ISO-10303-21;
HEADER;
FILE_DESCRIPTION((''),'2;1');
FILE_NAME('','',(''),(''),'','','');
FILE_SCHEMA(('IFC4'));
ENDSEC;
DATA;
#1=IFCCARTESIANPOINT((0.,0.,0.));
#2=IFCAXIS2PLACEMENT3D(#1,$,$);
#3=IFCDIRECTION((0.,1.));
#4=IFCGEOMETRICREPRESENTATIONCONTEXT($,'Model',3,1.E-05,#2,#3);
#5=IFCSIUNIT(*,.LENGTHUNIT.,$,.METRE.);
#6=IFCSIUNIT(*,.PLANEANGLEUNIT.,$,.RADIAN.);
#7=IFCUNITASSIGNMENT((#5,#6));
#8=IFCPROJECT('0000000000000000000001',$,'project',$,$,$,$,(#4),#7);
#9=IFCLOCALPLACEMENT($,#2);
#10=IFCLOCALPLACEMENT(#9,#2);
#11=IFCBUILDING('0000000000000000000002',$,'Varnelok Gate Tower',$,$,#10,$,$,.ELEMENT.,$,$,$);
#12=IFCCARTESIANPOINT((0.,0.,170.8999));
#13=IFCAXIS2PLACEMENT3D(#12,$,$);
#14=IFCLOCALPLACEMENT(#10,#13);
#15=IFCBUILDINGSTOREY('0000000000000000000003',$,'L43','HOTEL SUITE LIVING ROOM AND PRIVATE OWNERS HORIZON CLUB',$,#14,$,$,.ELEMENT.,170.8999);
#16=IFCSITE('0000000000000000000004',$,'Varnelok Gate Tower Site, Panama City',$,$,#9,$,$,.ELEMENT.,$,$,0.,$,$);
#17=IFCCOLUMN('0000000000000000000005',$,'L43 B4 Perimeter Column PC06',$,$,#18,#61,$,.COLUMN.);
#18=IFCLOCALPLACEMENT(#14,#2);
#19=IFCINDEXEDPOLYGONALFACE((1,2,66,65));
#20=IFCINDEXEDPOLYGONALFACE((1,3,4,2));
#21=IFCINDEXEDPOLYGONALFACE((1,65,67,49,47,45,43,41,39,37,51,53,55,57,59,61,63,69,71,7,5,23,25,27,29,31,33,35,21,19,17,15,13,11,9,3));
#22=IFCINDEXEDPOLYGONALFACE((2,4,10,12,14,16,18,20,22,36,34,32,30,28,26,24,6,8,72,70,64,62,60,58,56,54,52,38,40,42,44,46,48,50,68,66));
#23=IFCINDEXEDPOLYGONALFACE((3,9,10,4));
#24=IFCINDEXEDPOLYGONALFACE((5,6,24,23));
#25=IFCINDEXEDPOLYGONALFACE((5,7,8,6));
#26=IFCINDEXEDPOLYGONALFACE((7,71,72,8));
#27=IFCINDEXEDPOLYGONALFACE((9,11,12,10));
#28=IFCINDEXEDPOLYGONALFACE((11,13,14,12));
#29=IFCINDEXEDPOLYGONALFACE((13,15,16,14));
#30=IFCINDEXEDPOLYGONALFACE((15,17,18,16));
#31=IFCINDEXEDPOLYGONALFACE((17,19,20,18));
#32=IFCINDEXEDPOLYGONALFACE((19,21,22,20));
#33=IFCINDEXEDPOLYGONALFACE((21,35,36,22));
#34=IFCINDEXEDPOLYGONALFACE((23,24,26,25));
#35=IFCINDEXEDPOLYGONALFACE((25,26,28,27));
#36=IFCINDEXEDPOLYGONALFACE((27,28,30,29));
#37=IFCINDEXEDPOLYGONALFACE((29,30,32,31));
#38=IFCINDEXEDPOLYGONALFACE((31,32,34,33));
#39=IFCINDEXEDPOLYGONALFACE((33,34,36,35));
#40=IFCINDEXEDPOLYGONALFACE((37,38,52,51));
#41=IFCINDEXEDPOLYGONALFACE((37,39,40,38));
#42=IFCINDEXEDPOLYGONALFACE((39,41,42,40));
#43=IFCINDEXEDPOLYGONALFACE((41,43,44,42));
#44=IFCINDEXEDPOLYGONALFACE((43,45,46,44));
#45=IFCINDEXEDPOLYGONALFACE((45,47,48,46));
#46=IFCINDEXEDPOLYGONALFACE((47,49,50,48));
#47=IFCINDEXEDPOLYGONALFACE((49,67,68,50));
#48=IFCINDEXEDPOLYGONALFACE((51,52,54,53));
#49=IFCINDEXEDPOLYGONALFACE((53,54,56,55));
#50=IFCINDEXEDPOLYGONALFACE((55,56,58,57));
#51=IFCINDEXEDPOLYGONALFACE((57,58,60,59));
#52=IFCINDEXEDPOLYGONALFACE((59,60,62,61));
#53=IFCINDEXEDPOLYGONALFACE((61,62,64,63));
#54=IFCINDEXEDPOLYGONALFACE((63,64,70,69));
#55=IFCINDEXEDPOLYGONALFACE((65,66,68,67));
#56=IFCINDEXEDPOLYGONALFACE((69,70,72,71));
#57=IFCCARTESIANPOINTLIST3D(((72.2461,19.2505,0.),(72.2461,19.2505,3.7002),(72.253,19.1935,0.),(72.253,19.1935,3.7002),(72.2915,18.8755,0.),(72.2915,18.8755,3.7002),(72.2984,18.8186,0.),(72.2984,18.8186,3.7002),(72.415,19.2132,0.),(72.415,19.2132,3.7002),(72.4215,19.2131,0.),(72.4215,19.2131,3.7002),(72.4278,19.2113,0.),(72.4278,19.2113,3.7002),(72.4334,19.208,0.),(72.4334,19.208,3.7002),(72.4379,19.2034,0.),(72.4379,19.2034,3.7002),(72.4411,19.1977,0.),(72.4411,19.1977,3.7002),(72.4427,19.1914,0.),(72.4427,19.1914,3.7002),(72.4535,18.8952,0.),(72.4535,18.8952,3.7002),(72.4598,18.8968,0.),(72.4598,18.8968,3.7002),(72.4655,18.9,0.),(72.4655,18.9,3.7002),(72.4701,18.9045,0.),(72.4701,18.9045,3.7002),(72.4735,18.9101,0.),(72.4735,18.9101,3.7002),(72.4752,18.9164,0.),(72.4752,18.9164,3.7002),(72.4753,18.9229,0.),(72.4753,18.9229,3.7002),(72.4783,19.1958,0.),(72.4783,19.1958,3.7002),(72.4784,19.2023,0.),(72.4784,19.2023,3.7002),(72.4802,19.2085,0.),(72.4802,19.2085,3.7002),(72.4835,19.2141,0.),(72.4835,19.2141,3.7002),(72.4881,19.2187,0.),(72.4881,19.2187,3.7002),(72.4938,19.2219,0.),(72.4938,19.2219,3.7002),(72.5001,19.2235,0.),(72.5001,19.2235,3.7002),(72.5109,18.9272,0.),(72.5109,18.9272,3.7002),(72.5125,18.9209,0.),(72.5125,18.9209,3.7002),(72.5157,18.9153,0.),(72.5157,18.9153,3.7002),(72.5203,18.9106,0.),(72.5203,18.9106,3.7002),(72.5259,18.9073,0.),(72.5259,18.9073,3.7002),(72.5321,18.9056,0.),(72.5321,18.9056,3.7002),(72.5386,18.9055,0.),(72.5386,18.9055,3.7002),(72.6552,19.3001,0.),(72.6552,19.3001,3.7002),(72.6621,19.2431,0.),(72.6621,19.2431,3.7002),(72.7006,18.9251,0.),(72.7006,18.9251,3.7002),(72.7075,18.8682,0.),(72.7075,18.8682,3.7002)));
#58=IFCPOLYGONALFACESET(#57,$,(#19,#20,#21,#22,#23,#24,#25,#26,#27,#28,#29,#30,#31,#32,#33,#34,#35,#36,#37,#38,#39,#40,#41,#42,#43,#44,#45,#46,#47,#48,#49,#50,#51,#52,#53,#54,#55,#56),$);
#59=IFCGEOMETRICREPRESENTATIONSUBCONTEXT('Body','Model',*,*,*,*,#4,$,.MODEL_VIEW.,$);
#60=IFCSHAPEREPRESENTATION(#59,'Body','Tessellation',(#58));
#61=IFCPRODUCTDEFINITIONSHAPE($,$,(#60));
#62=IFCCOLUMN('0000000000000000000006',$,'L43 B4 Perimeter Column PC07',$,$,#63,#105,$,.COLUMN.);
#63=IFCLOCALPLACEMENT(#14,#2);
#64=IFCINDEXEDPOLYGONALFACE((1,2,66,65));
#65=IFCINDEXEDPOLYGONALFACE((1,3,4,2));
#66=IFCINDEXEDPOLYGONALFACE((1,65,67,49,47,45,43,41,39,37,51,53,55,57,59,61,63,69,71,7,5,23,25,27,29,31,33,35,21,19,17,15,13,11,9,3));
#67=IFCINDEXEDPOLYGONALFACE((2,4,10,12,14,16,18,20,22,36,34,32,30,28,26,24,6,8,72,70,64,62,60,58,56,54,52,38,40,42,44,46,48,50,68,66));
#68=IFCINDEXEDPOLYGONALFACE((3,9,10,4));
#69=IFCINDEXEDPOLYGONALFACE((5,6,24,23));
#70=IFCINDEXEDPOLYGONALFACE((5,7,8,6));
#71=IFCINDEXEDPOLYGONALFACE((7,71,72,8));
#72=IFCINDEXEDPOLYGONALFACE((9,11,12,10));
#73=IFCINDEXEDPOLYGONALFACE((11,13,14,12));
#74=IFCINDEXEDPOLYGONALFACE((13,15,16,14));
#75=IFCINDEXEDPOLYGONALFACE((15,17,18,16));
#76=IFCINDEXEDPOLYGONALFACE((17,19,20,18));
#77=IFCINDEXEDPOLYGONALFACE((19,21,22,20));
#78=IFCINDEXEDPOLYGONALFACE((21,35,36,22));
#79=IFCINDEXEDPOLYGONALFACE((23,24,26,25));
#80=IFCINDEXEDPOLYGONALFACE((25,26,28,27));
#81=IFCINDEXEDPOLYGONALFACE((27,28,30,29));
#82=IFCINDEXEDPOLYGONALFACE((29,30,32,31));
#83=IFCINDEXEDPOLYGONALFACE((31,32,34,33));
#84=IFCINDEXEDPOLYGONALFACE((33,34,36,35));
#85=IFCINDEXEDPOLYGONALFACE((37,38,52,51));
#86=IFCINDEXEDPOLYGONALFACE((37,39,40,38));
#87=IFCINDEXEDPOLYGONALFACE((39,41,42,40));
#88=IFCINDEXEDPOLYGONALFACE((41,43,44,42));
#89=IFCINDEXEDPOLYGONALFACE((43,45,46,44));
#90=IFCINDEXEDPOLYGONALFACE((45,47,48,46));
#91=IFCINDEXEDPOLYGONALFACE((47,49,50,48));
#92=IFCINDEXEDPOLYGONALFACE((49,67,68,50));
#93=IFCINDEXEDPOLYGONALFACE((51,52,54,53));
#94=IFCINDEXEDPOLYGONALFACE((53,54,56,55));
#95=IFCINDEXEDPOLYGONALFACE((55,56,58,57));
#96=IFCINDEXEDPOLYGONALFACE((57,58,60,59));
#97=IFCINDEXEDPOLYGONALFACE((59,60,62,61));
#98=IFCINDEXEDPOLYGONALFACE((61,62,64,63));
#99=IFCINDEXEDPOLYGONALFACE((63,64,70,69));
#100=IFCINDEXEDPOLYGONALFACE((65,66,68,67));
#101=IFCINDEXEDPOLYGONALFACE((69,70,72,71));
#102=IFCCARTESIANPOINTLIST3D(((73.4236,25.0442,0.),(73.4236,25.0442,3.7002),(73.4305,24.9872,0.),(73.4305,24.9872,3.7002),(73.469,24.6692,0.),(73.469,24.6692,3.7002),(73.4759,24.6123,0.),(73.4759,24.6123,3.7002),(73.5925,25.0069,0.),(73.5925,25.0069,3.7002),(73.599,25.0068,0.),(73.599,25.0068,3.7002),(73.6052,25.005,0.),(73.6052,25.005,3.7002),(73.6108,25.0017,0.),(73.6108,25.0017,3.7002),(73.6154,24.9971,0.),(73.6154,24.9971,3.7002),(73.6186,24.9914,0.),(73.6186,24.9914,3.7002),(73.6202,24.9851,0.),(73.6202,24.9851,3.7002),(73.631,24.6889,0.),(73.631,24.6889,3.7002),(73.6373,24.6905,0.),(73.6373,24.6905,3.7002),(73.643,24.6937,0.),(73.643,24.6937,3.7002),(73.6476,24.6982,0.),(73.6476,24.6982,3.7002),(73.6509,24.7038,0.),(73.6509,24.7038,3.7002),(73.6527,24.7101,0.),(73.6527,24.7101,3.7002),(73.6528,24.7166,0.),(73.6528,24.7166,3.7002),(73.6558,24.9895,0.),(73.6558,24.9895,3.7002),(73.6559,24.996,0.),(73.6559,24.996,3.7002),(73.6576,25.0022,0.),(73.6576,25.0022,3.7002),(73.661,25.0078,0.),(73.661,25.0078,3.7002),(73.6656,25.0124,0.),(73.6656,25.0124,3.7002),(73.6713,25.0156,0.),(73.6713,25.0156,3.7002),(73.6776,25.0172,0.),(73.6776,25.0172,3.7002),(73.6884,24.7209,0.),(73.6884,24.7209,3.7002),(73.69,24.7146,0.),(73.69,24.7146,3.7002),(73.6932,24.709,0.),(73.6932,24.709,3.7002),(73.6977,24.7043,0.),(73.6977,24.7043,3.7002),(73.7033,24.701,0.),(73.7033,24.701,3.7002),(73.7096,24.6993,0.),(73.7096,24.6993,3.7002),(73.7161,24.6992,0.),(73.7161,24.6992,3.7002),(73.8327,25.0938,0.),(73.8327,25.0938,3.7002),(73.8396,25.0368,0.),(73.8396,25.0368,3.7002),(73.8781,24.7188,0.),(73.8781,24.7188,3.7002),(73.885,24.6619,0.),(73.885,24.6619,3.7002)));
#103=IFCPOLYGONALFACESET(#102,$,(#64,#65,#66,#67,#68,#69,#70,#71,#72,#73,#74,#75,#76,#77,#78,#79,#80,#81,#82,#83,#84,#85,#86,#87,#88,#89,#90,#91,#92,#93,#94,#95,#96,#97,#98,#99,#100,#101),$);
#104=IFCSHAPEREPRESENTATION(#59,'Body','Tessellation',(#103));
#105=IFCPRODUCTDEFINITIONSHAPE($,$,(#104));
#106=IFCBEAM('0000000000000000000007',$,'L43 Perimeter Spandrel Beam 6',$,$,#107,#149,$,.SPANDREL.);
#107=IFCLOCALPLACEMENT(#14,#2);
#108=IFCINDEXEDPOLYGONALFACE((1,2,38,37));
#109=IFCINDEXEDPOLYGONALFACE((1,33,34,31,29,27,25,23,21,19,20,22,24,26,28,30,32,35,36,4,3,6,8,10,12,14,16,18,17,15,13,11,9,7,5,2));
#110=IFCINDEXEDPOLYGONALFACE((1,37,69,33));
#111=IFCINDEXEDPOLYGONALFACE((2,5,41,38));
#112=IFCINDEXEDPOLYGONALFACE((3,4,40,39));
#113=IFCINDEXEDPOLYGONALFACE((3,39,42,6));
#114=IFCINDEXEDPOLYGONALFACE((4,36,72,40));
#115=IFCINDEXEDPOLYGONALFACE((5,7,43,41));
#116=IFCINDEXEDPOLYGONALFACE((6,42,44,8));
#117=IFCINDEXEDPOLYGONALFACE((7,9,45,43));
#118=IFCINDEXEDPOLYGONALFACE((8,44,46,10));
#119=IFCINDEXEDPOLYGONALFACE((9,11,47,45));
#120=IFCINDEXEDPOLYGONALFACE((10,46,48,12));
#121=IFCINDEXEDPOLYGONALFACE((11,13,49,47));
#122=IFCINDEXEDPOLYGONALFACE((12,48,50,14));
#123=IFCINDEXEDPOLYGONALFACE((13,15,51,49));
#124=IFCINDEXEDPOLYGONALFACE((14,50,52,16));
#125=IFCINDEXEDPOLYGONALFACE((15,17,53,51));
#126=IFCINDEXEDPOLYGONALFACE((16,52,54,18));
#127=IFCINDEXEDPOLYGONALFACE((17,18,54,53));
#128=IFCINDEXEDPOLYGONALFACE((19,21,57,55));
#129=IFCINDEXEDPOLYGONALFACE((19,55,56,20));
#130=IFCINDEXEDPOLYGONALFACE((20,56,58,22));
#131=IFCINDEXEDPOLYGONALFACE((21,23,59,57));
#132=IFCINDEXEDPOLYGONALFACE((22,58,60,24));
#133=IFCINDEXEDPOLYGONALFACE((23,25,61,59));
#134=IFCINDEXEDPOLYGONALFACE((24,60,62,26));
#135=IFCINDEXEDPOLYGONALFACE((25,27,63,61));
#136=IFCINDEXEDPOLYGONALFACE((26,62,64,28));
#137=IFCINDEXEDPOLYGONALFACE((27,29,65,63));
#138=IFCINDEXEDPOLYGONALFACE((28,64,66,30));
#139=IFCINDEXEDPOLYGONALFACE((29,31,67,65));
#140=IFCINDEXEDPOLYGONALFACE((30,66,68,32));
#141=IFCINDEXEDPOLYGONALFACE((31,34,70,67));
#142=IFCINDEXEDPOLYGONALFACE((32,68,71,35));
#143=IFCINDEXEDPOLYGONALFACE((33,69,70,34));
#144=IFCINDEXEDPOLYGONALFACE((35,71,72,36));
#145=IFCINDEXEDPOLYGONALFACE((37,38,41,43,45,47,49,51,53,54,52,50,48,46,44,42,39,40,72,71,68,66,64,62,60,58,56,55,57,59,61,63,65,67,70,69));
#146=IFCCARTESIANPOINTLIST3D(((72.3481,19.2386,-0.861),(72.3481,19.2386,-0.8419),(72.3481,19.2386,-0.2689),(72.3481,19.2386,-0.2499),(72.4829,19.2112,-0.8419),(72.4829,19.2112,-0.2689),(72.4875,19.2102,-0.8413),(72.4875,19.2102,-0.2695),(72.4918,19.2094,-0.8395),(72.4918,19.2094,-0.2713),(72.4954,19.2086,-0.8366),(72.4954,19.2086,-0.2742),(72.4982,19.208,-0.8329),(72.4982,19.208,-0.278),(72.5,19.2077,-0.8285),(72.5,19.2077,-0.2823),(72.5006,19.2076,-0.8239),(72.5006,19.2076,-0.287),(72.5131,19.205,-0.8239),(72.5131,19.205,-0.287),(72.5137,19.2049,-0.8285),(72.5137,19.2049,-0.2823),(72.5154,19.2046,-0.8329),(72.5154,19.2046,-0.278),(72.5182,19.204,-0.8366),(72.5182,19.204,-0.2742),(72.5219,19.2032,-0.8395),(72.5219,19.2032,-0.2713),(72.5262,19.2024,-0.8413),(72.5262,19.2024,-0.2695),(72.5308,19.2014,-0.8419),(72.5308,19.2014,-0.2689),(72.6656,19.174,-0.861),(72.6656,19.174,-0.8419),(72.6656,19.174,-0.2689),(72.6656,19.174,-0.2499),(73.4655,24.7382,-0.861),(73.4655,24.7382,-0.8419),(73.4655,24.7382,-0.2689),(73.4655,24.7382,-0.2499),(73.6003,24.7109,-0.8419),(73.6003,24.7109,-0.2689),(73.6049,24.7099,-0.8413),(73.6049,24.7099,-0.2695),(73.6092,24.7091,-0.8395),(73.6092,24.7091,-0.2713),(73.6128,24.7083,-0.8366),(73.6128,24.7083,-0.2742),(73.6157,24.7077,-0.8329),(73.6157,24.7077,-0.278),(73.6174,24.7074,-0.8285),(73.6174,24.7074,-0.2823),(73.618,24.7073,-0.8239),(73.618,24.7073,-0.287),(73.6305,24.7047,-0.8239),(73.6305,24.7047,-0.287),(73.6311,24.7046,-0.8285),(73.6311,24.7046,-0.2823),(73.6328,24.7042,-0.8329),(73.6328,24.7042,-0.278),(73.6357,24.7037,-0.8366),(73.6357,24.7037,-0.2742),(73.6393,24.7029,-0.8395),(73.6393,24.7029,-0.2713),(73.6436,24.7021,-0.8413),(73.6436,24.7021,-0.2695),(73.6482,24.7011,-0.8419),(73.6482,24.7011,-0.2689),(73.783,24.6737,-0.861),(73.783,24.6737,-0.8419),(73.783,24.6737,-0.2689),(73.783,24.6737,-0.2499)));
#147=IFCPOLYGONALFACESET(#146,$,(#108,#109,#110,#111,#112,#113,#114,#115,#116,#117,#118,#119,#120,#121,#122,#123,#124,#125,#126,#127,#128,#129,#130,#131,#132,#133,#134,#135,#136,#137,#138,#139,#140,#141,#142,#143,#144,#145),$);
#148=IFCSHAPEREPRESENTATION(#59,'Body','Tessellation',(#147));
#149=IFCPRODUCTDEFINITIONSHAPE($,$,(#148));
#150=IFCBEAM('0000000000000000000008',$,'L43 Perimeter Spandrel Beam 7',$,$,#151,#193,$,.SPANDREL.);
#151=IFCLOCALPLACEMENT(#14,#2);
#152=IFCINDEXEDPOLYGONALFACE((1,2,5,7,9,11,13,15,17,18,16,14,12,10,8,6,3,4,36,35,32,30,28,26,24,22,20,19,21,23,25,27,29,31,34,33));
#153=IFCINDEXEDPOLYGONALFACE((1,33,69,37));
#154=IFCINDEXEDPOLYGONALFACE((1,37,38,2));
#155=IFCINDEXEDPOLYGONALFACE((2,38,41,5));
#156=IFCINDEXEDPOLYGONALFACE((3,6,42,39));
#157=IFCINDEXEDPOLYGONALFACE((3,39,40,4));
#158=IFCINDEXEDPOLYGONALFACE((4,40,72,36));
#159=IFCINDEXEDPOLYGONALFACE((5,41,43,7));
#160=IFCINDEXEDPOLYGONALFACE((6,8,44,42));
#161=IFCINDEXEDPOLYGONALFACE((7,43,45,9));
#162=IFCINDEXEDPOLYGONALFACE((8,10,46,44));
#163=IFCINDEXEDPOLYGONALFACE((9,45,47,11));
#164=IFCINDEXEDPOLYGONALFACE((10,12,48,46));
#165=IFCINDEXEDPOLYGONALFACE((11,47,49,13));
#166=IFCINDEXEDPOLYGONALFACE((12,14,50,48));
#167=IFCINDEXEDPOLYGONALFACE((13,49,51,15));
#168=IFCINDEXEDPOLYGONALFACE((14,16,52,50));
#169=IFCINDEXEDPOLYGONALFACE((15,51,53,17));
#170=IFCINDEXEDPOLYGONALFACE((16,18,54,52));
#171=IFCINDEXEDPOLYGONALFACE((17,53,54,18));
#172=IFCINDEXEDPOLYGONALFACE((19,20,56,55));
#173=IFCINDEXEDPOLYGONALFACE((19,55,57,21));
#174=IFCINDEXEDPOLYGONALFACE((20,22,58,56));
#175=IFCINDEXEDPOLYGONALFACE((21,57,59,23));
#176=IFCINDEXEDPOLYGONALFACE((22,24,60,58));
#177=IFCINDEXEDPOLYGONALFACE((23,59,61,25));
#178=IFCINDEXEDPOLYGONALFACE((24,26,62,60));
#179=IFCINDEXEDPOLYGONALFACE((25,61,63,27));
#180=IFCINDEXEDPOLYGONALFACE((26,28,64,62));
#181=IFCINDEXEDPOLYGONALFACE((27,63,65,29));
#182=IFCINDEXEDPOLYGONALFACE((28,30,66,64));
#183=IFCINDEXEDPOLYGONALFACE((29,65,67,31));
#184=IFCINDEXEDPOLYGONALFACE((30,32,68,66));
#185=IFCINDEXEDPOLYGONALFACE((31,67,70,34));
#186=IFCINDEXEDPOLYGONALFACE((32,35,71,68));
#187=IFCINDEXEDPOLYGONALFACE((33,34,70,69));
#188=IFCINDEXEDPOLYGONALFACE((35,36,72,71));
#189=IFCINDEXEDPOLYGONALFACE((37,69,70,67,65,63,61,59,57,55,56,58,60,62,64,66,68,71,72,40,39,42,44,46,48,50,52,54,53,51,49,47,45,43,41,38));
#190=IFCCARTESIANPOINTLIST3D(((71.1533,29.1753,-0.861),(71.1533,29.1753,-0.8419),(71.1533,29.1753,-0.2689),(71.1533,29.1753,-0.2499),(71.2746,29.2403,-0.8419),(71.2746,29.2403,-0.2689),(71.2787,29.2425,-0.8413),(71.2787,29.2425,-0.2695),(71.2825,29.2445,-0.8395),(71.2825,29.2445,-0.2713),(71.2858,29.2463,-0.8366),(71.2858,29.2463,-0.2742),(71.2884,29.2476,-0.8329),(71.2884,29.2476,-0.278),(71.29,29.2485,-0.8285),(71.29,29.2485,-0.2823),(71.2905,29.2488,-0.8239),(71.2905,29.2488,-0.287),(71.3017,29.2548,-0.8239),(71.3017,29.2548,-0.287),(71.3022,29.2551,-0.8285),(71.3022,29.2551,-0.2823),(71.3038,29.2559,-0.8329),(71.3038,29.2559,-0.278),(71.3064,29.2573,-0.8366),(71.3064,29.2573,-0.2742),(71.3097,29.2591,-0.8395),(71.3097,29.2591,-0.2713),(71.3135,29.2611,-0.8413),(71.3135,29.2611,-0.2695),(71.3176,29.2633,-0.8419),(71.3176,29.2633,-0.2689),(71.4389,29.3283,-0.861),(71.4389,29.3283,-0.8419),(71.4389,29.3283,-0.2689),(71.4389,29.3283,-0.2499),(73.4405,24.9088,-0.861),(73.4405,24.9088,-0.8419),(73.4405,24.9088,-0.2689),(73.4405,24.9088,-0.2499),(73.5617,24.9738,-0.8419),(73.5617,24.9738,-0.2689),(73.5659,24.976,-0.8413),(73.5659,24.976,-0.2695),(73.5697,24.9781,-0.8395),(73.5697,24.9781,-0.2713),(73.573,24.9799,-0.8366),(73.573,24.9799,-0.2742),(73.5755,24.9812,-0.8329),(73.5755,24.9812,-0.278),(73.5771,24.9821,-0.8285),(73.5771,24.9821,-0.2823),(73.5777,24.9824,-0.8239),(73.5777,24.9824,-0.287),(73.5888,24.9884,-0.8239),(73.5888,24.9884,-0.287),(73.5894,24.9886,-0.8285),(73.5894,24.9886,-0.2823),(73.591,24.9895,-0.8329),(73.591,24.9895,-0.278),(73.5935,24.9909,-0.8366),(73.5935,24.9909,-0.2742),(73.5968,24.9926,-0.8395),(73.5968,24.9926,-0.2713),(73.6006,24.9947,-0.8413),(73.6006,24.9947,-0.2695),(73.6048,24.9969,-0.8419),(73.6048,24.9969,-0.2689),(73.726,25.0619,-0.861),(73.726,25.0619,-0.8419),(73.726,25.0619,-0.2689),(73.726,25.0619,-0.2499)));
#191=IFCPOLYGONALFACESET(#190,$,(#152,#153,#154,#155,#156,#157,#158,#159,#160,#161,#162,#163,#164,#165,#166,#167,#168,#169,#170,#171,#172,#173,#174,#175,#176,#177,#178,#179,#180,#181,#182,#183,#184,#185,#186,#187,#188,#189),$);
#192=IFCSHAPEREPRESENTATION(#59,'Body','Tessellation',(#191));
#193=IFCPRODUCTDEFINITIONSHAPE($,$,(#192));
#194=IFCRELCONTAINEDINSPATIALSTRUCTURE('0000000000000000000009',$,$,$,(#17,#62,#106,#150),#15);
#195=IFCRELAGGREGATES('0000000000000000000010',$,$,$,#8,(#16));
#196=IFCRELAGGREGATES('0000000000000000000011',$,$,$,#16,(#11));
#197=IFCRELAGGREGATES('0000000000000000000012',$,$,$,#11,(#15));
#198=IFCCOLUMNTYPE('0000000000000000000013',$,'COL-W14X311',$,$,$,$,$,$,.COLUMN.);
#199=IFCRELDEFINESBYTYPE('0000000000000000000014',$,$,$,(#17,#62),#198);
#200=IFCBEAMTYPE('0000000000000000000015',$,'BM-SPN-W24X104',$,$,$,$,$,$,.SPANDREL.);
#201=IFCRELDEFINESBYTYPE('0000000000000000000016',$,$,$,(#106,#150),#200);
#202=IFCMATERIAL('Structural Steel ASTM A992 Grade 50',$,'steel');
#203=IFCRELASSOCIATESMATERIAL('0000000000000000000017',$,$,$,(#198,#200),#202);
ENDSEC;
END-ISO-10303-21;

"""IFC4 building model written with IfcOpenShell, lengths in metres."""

from ifc_helpers import new_model, si_unit, direction, frame, origin, origin_2d, place, context, subcontext, project, spatial, i_section, extrude, material, material_profile, profile_set, type_object, element, save


model = new_model("IFC4")

# Units and contexts
model_context = context("Model", 3, precision=1e-05, world=origin(), true_north=direction((0.0, 1.0)))
body_context = subcontext(model_context, "Body", "Model", "MODEL_VIEW")
ifc_project = project(units=[si_unit("LENGTHUNIT", "METRE"), si_unit("PLANEANGLEUNIT", "RADIAN")], contexts=[model_context])

# Site, building, storey
site_placement = place(None, origin())
site = spatial("IfcSite", under=ifc_project, at=site_placement, Name="Varnelok Gate Tower Site, Panama City", CompositionType="ELEMENT", RefElevation=0.0)
building_placement = place(site_placement, origin())
building = spatial("IfcBuilding", under=site, at=building_placement, Name="Varnelok Gate Tower", CompositionType="ELEMENT")
storey_placement = place(building_placement, frame((0.0, 0.0, 170.8999)))
storey = spatial("IfcBuildingStorey", under=building, at=storey_placement, Name="L43", Description="HOTEL SUITE LIVING ROOM AND PRIVATE OWNERS HORIZON CLUB", CompositionType="ELEMENT", Elevation=170.8999)

# Columns
ifc_material_1 = material(Name="Structural Steel ASTM A992 Grade 50", Category="steel")
ifc_material_profile_1 = material_profile(ifc_material_1, i_section(OverallWidth=0.4121, OverallDepth=0.4351, WebThickness=0.0359, FlangeThickness=0.0574, FilletRadius=0.0249, at=origin_2d()), Name="W14X311")
ifc_profile_set_1 = profile_set([ifc_material_profile_1], Name="Structural Steel ASTM A992 Grade 50")
column_type = type_object("IfcColumnType", Name="COL-W14X311", PredefinedType="COLUMN", material=ifc_profile_set_1)
for number, where, z_axis, x_axis, name in (
    (1, (72.4768, 19.0593, 0.0), (0.0, 0.0, 1.0), (0.992732, 0.120345, 0.0), "L43 B4 Perimeter Column PC06"),
    (2, (73.6543, 24.853, 0.0), (0.0, 0.0, 1.0), (0.992732, 0.120345, 0.0), "L43 B4 Perimeter Column PC07"),
):
    element("IfcColumn", number, at=place(storey_placement, frame(where, z_axis=z_axis, x_axis=x_axis)), inside=storey, type_object=column_type, Name=name, PredefinedType="COLUMN", context=body_context, shape_type="SweptSolid", body=[
        extrude(i_section(OverallWidth=0.4121, OverallDepth=0.4351, WebThickness=0.0359, FlangeThickness=0.0574, FilletRadius=0.0249, at=origin_2d()), origin(), (0.0, 0.0, 1.0), 3.7002),
    ])

# Beams
ifc_material_profile_2 = material_profile(ifc_material_1, i_section(OverallWidth=0.324, OverallDepth=0.6111, WebThickness=0.0127, FlangeThickness=0.019, FilletRadius=0.0181, at=origin_2d()), Name="W24X104")
ifc_profile_set_2 = profile_set([ifc_material_profile_2], Name="Structural Steel ASTM A992 Grade 50")
beam_type = type_object("IfcBeamType", Name="BM-SPN-W24X104", PredefinedType="SPANDREL", material=ifc_profile_set_2)
beam_1_placement = place(storey_placement, frame((72.5068, 19.2063, -0.5554), z_axis=(0.19911, 0.979977, 0.0), x_axis=(-0.979977, 0.19911, 0.0)))
element("IfcBeam", 3, at=beam_1_placement, inside=storey, type_object=beam_type, Name="L43 Perimeter Spandrel Beam 6", PredefinedType="SPANDREL", context=body_context, shape_type="SweptSolid", body=[
    extrude(i_section(OverallWidth=0.324, OverallDepth=0.6111, WebThickness=0.0127, FlangeThickness=0.019, FilletRadius=0.0181, at=origin_2d()), origin(), (0.0, 0.0, 1.0), 5.6121),
])
beam_2_placement = place(storey_placement, frame((73.5833, 24.9854, -0.5554), z_axis=(-0.472472, 0.881346, 0.0), x_axis=(-0.881346, -0.472472, 0.0)))
element("IfcBeam", 4, at=beam_2_placement, inside=storey, type_object=beam_type, Name="L43 Perimeter Spandrel Beam 7", PredefinedType="SPANDREL", context=body_context, shape_type="SweptSolid", body=[
    extrude(i_section(OverallWidth=0.324, OverallDepth=0.6111, WebThickness=0.0127, FlangeThickness=0.019, FilletRadius=0.0181, at=origin_2d()), origin(), (0.0, 0.0, 1.0), 4.8408),
])

save(model, "model.ifc")
